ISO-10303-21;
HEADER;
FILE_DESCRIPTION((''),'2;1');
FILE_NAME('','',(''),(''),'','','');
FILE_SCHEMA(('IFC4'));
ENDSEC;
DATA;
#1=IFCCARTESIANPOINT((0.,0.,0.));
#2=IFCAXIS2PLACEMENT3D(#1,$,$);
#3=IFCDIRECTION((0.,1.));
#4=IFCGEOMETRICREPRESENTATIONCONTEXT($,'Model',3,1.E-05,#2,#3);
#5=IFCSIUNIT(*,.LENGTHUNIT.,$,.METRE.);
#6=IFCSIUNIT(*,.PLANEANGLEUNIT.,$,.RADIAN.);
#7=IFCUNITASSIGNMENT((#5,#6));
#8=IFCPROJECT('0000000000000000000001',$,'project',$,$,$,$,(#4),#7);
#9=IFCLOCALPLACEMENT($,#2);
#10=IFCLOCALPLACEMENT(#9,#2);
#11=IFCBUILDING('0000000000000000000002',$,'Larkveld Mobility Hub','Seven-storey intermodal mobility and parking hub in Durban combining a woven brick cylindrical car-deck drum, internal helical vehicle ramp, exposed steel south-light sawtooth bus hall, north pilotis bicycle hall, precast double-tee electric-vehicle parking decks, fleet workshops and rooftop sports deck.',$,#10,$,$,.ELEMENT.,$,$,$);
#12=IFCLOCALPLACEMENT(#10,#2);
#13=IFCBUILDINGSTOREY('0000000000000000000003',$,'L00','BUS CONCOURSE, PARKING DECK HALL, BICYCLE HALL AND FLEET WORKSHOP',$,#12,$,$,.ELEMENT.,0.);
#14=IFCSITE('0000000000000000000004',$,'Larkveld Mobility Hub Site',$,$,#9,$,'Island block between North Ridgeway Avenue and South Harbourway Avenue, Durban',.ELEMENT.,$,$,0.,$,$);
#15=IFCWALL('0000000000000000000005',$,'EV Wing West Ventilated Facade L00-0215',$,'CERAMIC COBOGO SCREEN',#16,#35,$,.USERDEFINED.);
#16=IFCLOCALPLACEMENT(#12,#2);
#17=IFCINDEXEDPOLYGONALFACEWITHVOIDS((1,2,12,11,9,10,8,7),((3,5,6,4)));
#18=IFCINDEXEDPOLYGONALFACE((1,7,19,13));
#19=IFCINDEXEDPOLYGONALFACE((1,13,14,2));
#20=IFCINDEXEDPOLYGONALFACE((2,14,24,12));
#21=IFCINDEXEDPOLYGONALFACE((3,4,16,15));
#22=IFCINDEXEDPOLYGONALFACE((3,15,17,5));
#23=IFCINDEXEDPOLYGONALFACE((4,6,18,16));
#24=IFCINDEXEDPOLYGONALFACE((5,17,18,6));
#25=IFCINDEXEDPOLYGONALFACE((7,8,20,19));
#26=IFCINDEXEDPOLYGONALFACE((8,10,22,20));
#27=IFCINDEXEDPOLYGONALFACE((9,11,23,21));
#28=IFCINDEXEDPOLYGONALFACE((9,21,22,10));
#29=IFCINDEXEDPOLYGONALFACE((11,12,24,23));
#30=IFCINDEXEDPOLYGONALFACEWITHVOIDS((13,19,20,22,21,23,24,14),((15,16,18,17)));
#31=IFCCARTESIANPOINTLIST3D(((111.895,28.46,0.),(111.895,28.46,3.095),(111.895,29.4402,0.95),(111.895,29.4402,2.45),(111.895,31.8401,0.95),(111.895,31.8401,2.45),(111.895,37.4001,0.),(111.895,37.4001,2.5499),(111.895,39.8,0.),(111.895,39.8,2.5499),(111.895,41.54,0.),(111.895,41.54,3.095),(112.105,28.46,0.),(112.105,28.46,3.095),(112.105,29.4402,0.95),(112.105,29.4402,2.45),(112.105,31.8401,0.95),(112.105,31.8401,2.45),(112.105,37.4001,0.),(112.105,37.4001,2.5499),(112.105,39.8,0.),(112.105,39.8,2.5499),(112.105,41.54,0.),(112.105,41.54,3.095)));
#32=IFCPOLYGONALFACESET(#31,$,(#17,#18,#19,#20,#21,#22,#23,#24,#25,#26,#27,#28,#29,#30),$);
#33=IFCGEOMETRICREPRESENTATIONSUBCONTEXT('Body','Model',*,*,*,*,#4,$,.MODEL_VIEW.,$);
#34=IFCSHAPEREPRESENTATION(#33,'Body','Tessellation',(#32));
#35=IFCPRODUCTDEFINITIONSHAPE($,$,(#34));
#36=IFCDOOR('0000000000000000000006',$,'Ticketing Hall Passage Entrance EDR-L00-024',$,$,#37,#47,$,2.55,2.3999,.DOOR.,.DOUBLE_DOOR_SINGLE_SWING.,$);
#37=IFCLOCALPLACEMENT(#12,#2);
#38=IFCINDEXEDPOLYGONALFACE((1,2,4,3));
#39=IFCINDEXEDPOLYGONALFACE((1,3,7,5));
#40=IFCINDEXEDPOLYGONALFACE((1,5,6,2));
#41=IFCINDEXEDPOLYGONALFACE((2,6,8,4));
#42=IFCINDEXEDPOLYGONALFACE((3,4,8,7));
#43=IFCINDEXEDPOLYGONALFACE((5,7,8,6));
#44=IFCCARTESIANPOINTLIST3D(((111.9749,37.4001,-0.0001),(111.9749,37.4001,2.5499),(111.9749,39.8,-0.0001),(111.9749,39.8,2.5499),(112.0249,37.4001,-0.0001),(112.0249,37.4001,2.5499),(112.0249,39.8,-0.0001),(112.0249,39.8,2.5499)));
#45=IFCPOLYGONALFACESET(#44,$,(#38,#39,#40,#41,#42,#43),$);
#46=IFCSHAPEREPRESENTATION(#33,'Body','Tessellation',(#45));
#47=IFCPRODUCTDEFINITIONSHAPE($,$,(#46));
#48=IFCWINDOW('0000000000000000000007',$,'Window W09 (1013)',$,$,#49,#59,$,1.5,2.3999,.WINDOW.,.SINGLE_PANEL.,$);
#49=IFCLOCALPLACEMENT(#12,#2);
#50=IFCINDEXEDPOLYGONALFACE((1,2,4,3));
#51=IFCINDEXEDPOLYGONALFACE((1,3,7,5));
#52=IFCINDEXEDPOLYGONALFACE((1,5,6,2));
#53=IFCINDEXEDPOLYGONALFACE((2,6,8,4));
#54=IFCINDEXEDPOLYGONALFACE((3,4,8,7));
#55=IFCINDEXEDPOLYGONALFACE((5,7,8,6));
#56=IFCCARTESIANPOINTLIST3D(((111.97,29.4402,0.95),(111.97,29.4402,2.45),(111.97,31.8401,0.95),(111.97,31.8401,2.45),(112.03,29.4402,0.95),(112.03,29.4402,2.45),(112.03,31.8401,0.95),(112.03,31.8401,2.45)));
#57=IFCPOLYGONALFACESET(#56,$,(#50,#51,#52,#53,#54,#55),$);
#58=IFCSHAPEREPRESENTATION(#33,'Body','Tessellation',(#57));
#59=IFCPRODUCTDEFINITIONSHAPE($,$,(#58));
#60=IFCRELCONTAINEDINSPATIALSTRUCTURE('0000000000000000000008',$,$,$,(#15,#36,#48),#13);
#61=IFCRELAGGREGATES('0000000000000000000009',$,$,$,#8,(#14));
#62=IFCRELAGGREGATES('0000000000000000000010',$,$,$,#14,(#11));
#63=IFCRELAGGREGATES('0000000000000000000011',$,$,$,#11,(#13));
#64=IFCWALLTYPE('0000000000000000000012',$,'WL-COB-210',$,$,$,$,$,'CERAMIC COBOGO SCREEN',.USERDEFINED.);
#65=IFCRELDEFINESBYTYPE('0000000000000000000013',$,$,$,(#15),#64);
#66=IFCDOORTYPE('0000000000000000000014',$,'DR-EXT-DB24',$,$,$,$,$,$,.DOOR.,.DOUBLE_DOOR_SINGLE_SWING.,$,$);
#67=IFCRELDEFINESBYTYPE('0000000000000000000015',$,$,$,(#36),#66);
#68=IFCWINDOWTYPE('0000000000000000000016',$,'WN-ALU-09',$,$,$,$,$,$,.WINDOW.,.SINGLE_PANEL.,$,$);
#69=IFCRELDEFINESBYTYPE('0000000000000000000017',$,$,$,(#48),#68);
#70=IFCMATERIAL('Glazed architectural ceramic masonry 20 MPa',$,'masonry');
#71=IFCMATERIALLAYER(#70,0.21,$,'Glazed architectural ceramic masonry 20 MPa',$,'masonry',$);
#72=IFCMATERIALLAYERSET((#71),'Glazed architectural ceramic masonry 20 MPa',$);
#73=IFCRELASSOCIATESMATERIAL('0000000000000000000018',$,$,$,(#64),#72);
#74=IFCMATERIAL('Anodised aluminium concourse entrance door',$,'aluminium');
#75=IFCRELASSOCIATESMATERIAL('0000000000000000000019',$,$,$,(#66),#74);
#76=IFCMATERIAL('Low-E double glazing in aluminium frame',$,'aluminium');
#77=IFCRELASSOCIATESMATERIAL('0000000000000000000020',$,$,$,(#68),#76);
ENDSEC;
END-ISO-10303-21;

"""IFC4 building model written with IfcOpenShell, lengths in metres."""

from ifc_helpers import new_model, si_unit, direction, frame, frame_2d, origin, place, context, subcontext, project, spatial, rectangle, extrude, material, layer, layer_set, type_object, element, fill, save


model = new_model("IFC4")

# Units and contexts
model_context = context("Model", 3, precision=1e-05, world=origin(), true_north=direction((0.0, 1.0)))
body_context = subcontext(model_context, "Body", "Model", "MODEL_VIEW")
ifc_project = project(units=[si_unit("LENGTHUNIT", "METRE"), si_unit("PLANEANGLEUNIT", "RADIAN")], contexts=[model_context])

# Site, building, storey
site_placement = place(None, origin())
site = spatial("IfcSite", under=ifc_project, at=site_placement, Name="Larkveld Mobility Hub Site", LongName="Island block between North Ridgeway Avenue and South Harbourway Avenue, Durban", CompositionType="ELEMENT", RefElevation=0.0)
building_placement = place(site_placement, origin())
building = spatial("IfcBuilding", under=site, at=building_placement, Name="Larkveld Mobility Hub", Description="Seven-storey intermodal mobility and parking hub in Durban combining a woven brick cylindrical car-deck drum, internal helical vehicle ramp, exposed steel south-light sawtooth bus hall, north pilotis bicycle hall, precast double-tee electric-vehicle parking decks, fleet workshops and rooftop sports deck.", CompositionType="ELEMENT")
storey_placement = place(building_placement, origin())
storey = spatial("IfcBuildingStorey", under=building, at=storey_placement, Name="L00", Description="BUS CONCOURSE, PARKING DECK HALL, BICYCLE HALL AND FLEET WORKSHOP", CompositionType="ELEMENT", Elevation=0.0)

# Wall, openings, door, window
ifc_material_1 = material(Name="Glazed architectural ceramic masonry 20 MPa", Category="masonry")
ifc_layer = layer(ifc_material_1, 0.21, Name="Glazed architectural ceramic masonry 20 MPa", Category="masonry")
ifc_layer_set = layer_set([ifc_layer], Name="Glazed architectural ceramic masonry 20 MPa")
wall_type = type_object("IfcWallType", Name="WL-COB-210", ElementType="CERAMIC COBOGO SCREEN", PredefinedType="USERDEFINED", material=ifc_layer_set)
wall_placement = place(storey_placement, frame((112.0, 41.54, 0.0), z_axis=(0.0, 0.0, 1.0), x_axis=(0.0, -1.0, 0.0)))
wall = element("IfcWall", 1, at=wall_placement, inside=storey, type_object=wall_type, Name="EV Wing West Ventilated Facade L00-0215", ObjectType="CERAMIC COBOGO SCREEN", PredefinedType="USERDEFINED", context=body_context, shape_type="SweptSolid", body=[
    extrude(rectangle(XDim=13.0801, YDim=0.21, at=frame_2d((6.54, 0.0))), origin(), (0.0, 0.0, 1.0), 3.095),
])
opening_1_placement = place(wall_placement, frame((1.74, 0.0, 0.0)))
opening_1 = element("IfcOpeningElement", 2, at=opening_1_placement, cuts=wall, PredefinedType="OPENING", context=body_context, shape_type="SweptSolid", body=[
    extrude(rectangle(XDim=2.3999, YDim=2.55, at=frame_2d((1.2, 1.2749))), frame((0.0, 0.115, 0.0), z_axis=(0.0, -1.0, 0.0), x_axis=(1.0, 0.0, 0.0)), (0.0, 0.0, 1.0), 0.23),
])
opening_2_placement = place(wall_placement, frame((9.7, 0.0, 0.95)))
opening_2 = element("IfcOpeningElement", 3, at=opening_2_placement, cuts=wall, PredefinedType="OPENING", context=body_context, shape_type="SweptSolid", body=[
    extrude(rectangle(XDim=2.3999, YDim=1.5, at=frame_2d((1.2, 0.75))), frame((0.0, 0.115, 0.0), z_axis=(0.0, -1.0, 0.0), x_axis=(1.0, 0.0, 0.0)), (0.0, 0.0, 1.0), 0.23),
])
ifc_material_2 = material(Name="Anodised aluminium concourse entrance door", Category="aluminium")
door_type = type_object("IfcDoorType", Name="DR-EXT-DB24", OperationType="DOUBLE_DOOR_SINGLE_SWING", PredefinedType="DOOR", material=ifc_material_2)
door_placement = place(opening_1_placement, origin())
door = element("IfcDoor", 4, at=door_placement, inside=storey, type_object=door_type, Name="Ticketing Hall Passage Entrance EDR-L00-024", OperationType="DOUBLE_DOOR_SINGLE_SWING", OverallHeight=2.55, OverallWidth=2.3999, PredefinedType="DOOR", context=body_context, shape_type="SweptSolid", body=[
    extrude(rectangle(XDim=2.3999, YDim=2.55, at=frame_2d((1.2, 1.2749))), frame((0.0, 0.0249, 0.0), z_axis=(0.0, -1.0, 0.0), x_axis=(1.0, 0.0, 0.0)), (0.0, 0.0, 1.0), 0.05),
])
fill(opening_1, door)
ifc_material_3 = material(Name="Low-E double glazing in aluminium frame", Category="aluminium")
window_type = type_object("IfcWindowType", Name="WN-ALU-09", PartitioningType="SINGLE_PANEL", PredefinedType="WINDOW", material=ifc_material_3)
window_placement = place(opening_2_placement, origin())
window = element("IfcWindow", 5, at=window_placement, inside=storey, type_object=window_type, Name="Window W09 (1013)", OverallHeight=1.5, OverallWidth=2.3999, PartitioningType="SINGLE_PANEL", PredefinedType="WINDOW", context=body_context, shape_type="SweptSolid", body=[
    extrude(rectangle(XDim=2.3999, YDim=1.5, at=frame_2d((1.2, 0.75))), frame((0.0, 0.03, 0.0), z_axis=(0.0, -1.0, 0.0), x_axis=(1.0, 0.0, 0.0)), (0.0, 0.0, 1.0), 0.0601),
])
fill(opening_2, window)

save(model, "model.ifc")
